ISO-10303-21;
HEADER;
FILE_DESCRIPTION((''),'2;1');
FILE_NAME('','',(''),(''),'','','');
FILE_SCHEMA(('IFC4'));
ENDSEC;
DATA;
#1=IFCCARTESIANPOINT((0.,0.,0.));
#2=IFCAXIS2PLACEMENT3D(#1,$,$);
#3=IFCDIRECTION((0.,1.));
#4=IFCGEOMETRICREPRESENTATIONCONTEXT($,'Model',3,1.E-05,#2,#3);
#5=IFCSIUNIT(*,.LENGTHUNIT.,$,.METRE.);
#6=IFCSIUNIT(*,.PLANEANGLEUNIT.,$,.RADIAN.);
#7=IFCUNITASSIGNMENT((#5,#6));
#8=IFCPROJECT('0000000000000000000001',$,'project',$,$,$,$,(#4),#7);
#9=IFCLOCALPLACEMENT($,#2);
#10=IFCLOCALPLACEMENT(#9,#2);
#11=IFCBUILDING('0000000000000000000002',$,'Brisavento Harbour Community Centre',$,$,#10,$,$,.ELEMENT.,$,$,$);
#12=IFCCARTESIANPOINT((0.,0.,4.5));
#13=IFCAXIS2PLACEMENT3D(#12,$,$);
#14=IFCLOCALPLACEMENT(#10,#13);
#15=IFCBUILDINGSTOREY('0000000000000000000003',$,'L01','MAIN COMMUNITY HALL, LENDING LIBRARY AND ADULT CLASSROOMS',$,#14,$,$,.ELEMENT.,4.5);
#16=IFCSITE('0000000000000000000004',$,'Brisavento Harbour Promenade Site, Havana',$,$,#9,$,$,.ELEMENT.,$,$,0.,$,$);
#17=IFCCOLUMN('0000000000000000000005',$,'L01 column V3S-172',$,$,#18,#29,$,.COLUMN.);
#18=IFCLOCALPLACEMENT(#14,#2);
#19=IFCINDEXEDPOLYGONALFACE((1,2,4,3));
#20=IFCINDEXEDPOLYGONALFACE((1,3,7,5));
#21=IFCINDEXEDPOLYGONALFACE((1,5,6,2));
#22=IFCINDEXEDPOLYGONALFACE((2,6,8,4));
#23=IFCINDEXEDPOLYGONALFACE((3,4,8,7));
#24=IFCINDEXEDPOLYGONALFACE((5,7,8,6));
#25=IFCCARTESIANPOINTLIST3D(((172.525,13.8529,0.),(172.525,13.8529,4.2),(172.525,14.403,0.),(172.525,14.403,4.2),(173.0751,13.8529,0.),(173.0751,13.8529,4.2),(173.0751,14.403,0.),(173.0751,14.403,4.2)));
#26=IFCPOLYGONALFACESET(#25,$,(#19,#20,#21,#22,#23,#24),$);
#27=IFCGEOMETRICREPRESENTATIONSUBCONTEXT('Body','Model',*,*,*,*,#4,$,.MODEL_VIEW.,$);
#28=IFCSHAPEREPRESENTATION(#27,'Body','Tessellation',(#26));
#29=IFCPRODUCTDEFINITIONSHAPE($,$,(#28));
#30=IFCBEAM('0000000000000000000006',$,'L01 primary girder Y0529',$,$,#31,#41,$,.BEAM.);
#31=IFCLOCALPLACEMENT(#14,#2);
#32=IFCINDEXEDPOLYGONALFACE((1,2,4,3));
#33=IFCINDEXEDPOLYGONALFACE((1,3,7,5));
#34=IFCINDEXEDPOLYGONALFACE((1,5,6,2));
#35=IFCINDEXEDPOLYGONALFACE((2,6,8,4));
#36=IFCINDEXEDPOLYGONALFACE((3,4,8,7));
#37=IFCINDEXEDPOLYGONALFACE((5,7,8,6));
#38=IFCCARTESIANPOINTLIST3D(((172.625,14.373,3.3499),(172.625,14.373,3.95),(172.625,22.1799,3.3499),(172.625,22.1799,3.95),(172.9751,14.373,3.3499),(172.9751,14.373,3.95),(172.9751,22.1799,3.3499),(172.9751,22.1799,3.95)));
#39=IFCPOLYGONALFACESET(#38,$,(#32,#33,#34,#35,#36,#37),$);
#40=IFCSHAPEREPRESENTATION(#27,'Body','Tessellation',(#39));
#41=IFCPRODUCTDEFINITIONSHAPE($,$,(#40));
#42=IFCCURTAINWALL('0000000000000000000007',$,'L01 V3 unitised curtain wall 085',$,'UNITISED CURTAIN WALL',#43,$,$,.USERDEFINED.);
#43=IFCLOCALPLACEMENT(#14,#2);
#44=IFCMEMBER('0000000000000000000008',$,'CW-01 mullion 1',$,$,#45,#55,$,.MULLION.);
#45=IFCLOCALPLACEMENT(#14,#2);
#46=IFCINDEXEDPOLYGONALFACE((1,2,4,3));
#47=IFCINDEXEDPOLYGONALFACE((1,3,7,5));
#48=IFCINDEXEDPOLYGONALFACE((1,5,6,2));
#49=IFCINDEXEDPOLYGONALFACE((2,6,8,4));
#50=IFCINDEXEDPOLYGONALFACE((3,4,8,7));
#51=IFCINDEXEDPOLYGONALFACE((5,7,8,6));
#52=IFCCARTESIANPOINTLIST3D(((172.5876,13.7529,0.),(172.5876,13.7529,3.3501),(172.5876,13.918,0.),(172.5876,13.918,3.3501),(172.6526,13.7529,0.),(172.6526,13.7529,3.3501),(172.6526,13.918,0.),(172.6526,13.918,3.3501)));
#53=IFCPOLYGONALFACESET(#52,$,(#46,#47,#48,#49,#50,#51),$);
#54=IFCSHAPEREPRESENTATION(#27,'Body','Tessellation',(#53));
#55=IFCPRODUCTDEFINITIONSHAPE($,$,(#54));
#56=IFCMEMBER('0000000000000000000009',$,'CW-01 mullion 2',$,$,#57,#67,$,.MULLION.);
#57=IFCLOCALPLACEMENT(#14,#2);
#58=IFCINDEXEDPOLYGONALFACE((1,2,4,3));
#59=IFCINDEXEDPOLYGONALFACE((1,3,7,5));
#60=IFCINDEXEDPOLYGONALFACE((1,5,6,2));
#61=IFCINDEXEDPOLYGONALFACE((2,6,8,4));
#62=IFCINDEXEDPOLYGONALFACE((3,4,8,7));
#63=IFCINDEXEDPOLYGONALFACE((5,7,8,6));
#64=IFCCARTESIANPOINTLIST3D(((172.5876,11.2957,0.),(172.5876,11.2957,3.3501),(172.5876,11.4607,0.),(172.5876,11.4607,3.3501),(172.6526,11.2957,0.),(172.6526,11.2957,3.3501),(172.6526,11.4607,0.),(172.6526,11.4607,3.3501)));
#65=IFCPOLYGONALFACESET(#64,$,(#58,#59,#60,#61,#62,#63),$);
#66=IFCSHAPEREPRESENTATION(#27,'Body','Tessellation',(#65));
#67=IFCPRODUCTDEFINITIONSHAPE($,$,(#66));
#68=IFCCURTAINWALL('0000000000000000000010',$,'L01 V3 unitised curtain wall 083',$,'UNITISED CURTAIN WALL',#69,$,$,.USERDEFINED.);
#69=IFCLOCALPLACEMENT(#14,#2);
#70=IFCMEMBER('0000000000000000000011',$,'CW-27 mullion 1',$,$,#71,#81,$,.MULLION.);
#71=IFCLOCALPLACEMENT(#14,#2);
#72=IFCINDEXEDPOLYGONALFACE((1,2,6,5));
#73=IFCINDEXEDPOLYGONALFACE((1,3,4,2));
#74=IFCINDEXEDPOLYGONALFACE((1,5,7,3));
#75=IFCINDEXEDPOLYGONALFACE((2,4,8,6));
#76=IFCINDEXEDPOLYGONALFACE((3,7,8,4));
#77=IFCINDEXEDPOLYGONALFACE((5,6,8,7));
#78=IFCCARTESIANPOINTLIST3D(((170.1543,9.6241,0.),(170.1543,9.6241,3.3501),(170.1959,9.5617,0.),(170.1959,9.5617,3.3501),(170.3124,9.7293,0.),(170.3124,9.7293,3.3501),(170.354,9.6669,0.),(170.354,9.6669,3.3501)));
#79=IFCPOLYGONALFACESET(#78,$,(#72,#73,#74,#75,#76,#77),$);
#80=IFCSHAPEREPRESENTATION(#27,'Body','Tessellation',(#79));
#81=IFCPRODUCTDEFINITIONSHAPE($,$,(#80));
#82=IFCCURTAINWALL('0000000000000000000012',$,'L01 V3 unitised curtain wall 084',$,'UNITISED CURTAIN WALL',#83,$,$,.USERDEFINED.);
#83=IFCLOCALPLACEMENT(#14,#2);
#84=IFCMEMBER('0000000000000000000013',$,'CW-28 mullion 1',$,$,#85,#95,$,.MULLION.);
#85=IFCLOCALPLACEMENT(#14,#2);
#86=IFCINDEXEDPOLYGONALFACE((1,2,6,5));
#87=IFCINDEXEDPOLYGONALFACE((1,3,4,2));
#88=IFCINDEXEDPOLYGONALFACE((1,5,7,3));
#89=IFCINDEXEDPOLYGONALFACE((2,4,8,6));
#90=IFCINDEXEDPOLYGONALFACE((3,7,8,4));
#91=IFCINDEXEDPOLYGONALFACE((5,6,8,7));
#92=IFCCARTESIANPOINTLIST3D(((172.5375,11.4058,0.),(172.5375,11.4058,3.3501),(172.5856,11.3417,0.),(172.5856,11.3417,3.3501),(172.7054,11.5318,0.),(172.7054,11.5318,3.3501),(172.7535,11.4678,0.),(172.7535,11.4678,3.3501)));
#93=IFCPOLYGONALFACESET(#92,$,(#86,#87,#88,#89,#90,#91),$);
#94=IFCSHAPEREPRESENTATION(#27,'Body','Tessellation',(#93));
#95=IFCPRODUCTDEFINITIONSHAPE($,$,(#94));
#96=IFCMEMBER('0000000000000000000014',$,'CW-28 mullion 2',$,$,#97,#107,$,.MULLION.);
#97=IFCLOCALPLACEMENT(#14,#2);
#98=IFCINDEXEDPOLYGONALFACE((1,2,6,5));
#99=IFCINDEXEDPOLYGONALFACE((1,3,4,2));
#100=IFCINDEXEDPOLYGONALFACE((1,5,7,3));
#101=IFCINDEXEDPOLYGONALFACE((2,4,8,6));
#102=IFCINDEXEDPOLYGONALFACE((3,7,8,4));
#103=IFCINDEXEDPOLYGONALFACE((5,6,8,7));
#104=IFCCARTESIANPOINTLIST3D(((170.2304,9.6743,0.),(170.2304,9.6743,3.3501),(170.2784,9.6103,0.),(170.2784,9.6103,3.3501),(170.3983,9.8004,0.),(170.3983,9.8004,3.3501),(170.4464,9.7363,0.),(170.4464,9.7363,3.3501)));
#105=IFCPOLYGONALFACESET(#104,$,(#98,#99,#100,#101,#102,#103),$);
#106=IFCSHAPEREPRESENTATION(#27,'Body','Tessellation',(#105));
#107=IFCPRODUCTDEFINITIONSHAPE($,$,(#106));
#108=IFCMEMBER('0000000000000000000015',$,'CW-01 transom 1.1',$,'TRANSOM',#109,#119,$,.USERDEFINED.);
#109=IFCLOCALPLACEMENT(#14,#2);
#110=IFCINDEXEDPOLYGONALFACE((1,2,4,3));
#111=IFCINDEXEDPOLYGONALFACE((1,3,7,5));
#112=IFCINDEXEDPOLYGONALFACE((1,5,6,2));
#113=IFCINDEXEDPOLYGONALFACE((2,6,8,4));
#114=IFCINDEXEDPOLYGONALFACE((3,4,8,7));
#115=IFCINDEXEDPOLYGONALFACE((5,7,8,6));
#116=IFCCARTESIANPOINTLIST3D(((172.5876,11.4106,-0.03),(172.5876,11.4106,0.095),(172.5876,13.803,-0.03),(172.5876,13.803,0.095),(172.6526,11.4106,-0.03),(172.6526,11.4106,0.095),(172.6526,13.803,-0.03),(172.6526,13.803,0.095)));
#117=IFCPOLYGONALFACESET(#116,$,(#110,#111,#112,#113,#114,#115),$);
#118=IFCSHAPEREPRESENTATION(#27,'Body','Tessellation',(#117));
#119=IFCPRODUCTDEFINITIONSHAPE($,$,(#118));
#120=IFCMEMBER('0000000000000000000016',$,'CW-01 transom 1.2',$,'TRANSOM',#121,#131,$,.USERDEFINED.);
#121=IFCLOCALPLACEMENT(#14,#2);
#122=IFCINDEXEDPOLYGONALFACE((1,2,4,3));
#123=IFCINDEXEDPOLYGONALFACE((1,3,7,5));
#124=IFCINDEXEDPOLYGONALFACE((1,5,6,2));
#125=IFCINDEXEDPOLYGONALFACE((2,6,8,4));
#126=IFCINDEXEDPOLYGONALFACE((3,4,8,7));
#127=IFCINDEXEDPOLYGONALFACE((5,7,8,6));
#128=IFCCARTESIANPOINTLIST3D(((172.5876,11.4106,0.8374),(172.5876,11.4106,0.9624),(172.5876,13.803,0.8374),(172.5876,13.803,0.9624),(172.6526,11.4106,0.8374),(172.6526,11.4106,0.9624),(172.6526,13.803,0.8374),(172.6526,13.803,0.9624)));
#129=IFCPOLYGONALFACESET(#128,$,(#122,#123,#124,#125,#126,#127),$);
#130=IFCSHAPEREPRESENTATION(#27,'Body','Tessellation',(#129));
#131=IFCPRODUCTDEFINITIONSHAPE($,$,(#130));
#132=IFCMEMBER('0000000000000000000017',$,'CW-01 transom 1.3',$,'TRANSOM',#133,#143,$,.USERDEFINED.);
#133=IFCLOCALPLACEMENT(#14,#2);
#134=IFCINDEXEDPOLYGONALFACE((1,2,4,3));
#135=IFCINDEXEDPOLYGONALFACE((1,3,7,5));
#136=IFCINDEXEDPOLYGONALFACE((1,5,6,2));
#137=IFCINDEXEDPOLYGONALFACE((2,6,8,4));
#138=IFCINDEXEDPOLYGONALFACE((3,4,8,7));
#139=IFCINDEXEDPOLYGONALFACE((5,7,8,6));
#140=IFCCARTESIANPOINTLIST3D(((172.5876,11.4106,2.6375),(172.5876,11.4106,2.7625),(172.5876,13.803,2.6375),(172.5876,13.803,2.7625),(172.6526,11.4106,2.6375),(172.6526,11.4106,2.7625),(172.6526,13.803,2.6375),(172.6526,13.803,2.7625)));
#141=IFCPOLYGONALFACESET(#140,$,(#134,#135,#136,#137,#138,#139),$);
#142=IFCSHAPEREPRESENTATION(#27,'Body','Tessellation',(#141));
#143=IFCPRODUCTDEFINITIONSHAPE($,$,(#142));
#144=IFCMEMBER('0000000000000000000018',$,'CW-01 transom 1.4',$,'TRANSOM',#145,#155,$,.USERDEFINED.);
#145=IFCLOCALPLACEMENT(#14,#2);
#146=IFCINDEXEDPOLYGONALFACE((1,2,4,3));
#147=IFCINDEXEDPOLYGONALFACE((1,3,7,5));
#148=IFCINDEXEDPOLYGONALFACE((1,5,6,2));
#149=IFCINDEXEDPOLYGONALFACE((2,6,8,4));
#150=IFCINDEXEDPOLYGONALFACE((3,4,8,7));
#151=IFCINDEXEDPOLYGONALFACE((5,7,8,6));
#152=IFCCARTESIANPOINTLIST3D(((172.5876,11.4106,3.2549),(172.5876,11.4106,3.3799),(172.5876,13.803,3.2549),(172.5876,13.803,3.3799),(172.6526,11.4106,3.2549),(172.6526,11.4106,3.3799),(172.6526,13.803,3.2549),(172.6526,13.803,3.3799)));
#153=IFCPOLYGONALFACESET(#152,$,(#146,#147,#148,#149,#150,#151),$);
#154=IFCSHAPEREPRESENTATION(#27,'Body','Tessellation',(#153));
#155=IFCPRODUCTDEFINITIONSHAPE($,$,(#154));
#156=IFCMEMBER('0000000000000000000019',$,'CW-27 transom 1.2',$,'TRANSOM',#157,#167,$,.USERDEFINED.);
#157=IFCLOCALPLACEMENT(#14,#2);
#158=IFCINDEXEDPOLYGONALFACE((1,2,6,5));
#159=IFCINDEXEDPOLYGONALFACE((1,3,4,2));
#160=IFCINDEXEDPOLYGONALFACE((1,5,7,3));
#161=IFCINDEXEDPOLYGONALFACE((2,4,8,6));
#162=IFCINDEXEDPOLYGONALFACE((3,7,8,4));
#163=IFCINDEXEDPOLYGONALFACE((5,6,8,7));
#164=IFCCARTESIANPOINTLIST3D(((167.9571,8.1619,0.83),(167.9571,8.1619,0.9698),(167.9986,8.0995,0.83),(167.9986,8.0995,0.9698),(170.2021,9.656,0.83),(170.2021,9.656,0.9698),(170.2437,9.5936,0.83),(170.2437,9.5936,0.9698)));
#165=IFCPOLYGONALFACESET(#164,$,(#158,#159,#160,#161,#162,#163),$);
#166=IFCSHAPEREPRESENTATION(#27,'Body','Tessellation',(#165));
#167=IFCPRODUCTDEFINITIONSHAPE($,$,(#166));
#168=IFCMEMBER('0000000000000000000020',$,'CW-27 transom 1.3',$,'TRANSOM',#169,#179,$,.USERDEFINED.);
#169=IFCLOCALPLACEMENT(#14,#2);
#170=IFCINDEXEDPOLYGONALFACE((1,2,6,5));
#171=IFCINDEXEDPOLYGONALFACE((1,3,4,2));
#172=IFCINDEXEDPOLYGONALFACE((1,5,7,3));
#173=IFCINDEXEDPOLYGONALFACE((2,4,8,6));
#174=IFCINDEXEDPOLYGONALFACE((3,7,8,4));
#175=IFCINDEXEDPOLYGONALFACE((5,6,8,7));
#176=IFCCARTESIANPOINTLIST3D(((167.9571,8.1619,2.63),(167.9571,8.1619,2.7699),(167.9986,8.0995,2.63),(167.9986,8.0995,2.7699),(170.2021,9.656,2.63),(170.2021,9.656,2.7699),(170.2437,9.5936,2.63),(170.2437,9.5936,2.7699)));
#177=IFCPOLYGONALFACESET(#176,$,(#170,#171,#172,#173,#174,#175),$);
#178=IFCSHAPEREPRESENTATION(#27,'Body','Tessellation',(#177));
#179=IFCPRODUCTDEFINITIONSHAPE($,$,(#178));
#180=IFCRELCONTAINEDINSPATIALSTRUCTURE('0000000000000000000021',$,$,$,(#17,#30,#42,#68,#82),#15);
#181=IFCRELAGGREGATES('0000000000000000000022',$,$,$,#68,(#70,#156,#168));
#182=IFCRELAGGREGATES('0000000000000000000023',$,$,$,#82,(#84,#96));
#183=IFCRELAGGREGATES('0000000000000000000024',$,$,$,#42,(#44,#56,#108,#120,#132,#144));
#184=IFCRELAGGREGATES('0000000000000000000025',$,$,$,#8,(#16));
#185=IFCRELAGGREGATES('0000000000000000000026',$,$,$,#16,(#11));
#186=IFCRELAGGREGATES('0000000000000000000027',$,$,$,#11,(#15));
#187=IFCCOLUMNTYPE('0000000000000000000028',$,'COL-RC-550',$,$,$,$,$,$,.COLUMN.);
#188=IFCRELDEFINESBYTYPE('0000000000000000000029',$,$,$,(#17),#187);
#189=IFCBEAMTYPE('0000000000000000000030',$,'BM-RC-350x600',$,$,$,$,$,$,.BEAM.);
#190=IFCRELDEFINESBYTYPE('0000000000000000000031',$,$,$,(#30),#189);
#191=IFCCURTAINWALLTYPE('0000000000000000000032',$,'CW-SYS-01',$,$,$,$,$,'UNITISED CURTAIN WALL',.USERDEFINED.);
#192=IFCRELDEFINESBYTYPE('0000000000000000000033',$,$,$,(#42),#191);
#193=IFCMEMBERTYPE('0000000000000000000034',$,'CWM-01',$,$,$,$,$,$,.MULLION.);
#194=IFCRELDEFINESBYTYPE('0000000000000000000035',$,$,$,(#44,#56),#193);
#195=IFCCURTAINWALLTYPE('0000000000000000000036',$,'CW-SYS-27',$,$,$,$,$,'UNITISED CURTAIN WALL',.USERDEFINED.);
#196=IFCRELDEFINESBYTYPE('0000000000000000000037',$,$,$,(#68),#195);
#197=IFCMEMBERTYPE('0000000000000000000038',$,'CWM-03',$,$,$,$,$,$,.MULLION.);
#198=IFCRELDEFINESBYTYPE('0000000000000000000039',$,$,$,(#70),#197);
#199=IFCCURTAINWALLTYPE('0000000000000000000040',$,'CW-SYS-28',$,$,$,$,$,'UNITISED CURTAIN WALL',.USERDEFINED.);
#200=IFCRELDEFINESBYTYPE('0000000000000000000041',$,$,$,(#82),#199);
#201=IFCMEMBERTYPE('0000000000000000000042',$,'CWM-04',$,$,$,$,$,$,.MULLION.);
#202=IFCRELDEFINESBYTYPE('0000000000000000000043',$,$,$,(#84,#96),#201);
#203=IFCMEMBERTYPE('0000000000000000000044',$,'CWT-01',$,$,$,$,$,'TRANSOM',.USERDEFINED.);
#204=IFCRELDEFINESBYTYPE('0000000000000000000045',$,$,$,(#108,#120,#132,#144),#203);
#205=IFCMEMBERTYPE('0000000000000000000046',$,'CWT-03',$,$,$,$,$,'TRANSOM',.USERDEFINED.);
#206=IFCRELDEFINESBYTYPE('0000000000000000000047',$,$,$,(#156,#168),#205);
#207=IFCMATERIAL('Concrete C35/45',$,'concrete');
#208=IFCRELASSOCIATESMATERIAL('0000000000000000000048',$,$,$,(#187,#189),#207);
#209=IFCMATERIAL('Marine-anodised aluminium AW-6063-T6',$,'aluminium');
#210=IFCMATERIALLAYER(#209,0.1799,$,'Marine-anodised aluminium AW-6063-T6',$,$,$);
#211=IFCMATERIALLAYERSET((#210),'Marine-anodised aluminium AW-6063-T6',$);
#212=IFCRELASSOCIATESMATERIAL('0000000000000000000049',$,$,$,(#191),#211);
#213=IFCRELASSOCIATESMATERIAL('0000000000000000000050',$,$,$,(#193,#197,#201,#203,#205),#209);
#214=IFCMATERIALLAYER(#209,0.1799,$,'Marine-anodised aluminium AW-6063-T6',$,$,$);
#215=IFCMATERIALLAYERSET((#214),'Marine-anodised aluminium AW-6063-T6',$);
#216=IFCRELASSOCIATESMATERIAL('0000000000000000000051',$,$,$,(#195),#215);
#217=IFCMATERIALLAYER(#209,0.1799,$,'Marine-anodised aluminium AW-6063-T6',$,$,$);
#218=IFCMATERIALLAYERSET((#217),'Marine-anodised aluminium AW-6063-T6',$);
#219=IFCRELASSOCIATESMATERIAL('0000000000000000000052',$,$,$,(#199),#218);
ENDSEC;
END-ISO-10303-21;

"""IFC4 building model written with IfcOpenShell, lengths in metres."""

from ifc_helpers import new_model, si_unit, direction, frame, origin, origin_2d, place, context, subcontext, project, spatial, rectangle, extrude, material, layer, layer_set, material_profile, profile_set, type_object, element, aggregate, save


model = new_model("IFC4")

# Units and contexts
model_context = context("Model", 3, precision=1e-05, world=origin(), true_north=direction((0.0, 1.0)))
body_context = subcontext(model_context, "Body", "Model", "MODEL_VIEW")
ifc_project = project(units=[si_unit("LENGTHUNIT", "METRE"), si_unit("PLANEANGLEUNIT", "RADIAN")], contexts=[model_context])

# Site, building, storey
site_placement = place(None, origin())
site = spatial("IfcSite", under=ifc_project, at=site_placement, Name="Brisavento Harbour Promenade Site, Havana", CompositionType="ELEMENT", RefElevation=0.0)
building_placement = place(site_placement, origin())
building = spatial("IfcBuilding", under=site, at=building_placement, Name="Brisavento Harbour Community Centre", CompositionType="ELEMENT")
storey_placement = place(building_placement, frame((0.0, 0.0, 4.5)))
storey = spatial("IfcBuildingStorey", under=building, at=storey_placement, Name="L01", Description="MAIN COMMUNITY HALL, LENDING LIBRARY AND ADULT CLASSROOMS", CompositionType="ELEMENT", Elevation=4.5)

# Column
ifc_material_1 = material(Name="Concrete C35/45", Category="concrete")
ifc_material_profile_1 = material_profile(ifc_material_1, rectangle(XDim=0.55, YDim=0.55, at=origin_2d()), Name="Concrete C35/45")
ifc_profile_set_1 = profile_set([ifc_material_profile_1], Name="Concrete C35/45")
column_type = type_object("IfcColumnType", Name="COL-RC-550", PredefinedType="COLUMN", material=ifc_profile_set_1)
column_placement = place(storey_placement, frame((172.8, 14.1279, 0.0), z_axis=(0.0, 0.0, 1.0), x_axis=(1.0, 0.0, 0.0)))
element("IfcColumn", 1, at=column_placement, inside=storey, type_object=column_type, Name="L01 column V3S-172", PredefinedType="COLUMN", context=body_context, shape_type="SweptSolid", body=[
    extrude(rectangle(XDim=0.55, YDim=0.55, at=origin_2d()), origin(), (0.0, 0.0, 1.0), 4.2),
])

# Beam
ifc_material_profile_2 = material_profile(ifc_material_1, rectangle(XDim=0.3501, YDim=0.6001, at=origin_2d()), Name="Concrete C35/45")
ifc_profile_set_2 = profile_set([ifc_material_profile_2], Name="Concrete C35/45")
beam_type = type_object("IfcBeamType", Name="BM-RC-350x600", PredefinedType="BEAM", material=ifc_profile_set_2)
beam_placement = place(storey_placement, frame((172.8, 14.373, 3.6499), z_axis=(0.0, 1.0, 0.0), x_axis=(-1.0, 0.0, 0.0)))
element("IfcBeam", 2, at=beam_placement, inside=storey, type_object=beam_type, Name="L01 primary girder Y0529", PredefinedType="BEAM", context=body_context, shape_type="SweptSolid", body=[
    extrude(rectangle(XDim=0.3501, YDim=0.6001, at=origin_2d()), origin(), (0.0, 0.0, 1.0), 7.8069),
])

# Curtain wall, members
ifc_material_2 = material(Name="Marine-anodised aluminium AW-6063-T6", Category="aluminium")
ifc_layer_1 = layer(ifc_material_2, 0.1799, Name="Marine-anodised aluminium AW-6063-T6")
ifc_layer_set_1 = layer_set([ifc_layer_1], Name="Marine-anodised aluminium AW-6063-T6")
curtain_wall_type_1 = type_object("IfcCurtainWallType", Name="CW-SYS-01", ElementType="UNITISED CURTAIN WALL", PredefinedType="USERDEFINED", material=ifc_layer_set_1)
curtain_wall_1_placement = place(storey_placement, origin())
curtain_wall_1 = element("IfcCurtainWall", 3, at=curtain_wall_1_placement, inside=storey, type_object=curtain_wall_type_1, Name="L01 V3 unitised curtain wall 085", ObjectType="UNITISED CURTAIN WALL", PredefinedType="USERDEFINED")
ifc_material_profile_3 = material_profile(ifc_material_2, rectangle(XDim=0.0649, YDim=0.165, at=origin_2d()), Name="Marine-anodised aluminium AW-6063-T6")
ifc_profile_set_3 = profile_set([ifc_material_profile_3], Name="Marine-anodised aluminium AW-6063-T6")
member_type_1 = type_object("IfcMemberType", Name="CWM-01", PredefinedType="MULLION", material=ifc_profile_set_3)
member_1_placement = place(storey_placement, frame((172.6201, 13.8354, 0.0), z_axis=(0.0, 0.0, 1.0), x_axis=(1.0, 0.0, 0.0)))
member_1 = element("IfcMember", 4, at=member_1_placement, type_object=member_type_1, Name="CW-01 mullion 1", PredefinedType="MULLION", context=body_context, shape_type="SweptSolid", body=[
    extrude(rectangle(XDim=0.0649, YDim=0.165, at=origin_2d()), origin(), (0.0, 0.0, 1.0), 3.3501),
])
member_2_placement = place(storey_placement, frame((172.6201, 11.3782, 0.0), z_axis=(0.0, 0.0, 1.0), x_axis=(1.0, 0.0, 0.0)))
member_2 = element("IfcMember", 5, at=member_2_placement, type_object=member_type_1, Name="CW-01 mullion 2", PredefinedType="MULLION", context=body_context, shape_type="SweptSolid", body=[
    extrude(rectangle(XDim=0.0649, YDim=0.165, at=origin_2d()), origin(), (0.0, 0.0, 1.0), 3.3501),
])

# Curtain wall, member
ifc_layer_2 = layer(ifc_material_2, 0.1799, Name="Marine-anodised aluminium AW-6063-T6")
ifc_layer_set_2 = layer_set([ifc_layer_2], Name="Marine-anodised aluminium AW-6063-T6")
curtain_wall_type_2 = type_object("IfcCurtainWallType", Name="CW-SYS-27", ElementType="UNITISED CURTAIN WALL", PredefinedType="USERDEFINED", material=ifc_layer_set_2)
curtain_wall_2_placement = place(storey_placement, origin())
curtain_wall_2 = element("IfcCurtainWall", 6, at=curtain_wall_2_placement, inside=storey, type_object=curtain_wall_type_2, Name="L01 V3 unitised curtain wall 083", ObjectType="UNITISED CURTAIN WALL", PredefinedType="USERDEFINED")
ifc_material_profile_4 = material_profile(ifc_material_2, rectangle(XDim=0.075, YDim=0.1899, at=origin_2d()), Name="Marine-anodised aluminium AW-6063-T6")
ifc_profile_set_4 = profile_set([ifc_material_profile_4], Name="Marine-anodised aluminium AW-6063-T6")
member_type_2 = type_object("IfcMemberType", Name="CWM-03", PredefinedType="MULLION", material=ifc_profile_set_4)
member_3_placement = place(storey_placement, frame((170.2542, 9.6455, 0.0), z_axis=(0.0, 0.0, 1.0), x_axis=(0.554068, -0.832472, 0.0)))
member_3 = element("IfcMember", 7, at=member_3_placement, type_object=member_type_2, Name="CW-27 mullion 1", PredefinedType="MULLION", context=body_context, shape_type="SweptSolid", body=[
    extrude(rectangle(XDim=0.075, YDim=0.1899, at=origin_2d()), origin(), (0.0, 0.0, 1.0), 3.3501),
])

# Curtain wall, members
ifc_layer_3 = layer(ifc_material_2, 0.1799, Name="Marine-anodised aluminium AW-6063-T6")
ifc_layer_set_3 = layer_set([ifc_layer_3], Name="Marine-anodised aluminium AW-6063-T6")
curtain_wall_type_3 = type_object("IfcCurtainWallType", Name="CW-SYS-28", ElementType="UNITISED CURTAIN WALL", PredefinedType="USERDEFINED", material=ifc_layer_set_3)
curtain_wall_3_placement = place(storey_placement, origin())
curtain_wall_3 = element("IfcCurtainWall", 8, at=curtain_wall_3_placement, inside=storey, type_object=curtain_wall_type_3, Name="L01 V3 unitised curtain wall 084", ObjectType="UNITISED CURTAIN WALL", PredefinedType="USERDEFINED")
ifc_material_profile_5 = material_profile(ifc_material_2, rectangle(XDim=0.0801, YDim=0.21, at=origin_2d()), Name="Marine-anodised aluminium AW-6063-T6")
ifc_profile_set_5 = profile_set([ifc_material_profile_5], Name="Marine-anodised aluminium AW-6063-T6")
member_type_3 = type_object("IfcMemberType", Name="CWM-04", PredefinedType="MULLION", material=ifc_profile_set_5)
member_4_placement = place(storey_placement, frame((172.6455, 11.4368, 0.0), z_axis=(0.0, 0.0, 1.0), x_axis=(0.600259, -0.799806, 0.0)))
member_4 = element("IfcMember", 9, at=member_4_placement, type_object=member_type_3, Name="CW-28 mullion 1", PredefinedType="MULLION", context=body_context, shape_type="SweptSolid", body=[
    extrude(rectangle(XDim=0.0801, YDim=0.21, at=origin_2d()), origin(), (0.0, 0.0, 1.0), 3.3501),
])
member_5_placement = place(storey_placement, frame((170.3384, 9.7053, 0.0), z_axis=(0.0, 0.0, 1.0), x_axis=(0.600259, -0.799806, 0.0)))
member_5 = element("IfcMember", 10, at=member_5_placement, type_object=member_type_3, Name="CW-28 mullion 2", PredefinedType="MULLION", context=body_context, shape_type="SweptSolid", body=[
    extrude(rectangle(XDim=0.0801, YDim=0.21, at=origin_2d()), origin(), (0.0, 0.0, 1.0), 3.3501),
])

# Members
ifc_material_profile_6 = material_profile(ifc_material_2, rectangle(XDim=0.0649, YDim=0.125, at=origin_2d()), Name="Marine-anodised aluminium AW-6063-T6")
ifc_profile_set_6 = profile_set([ifc_material_profile_6], Name="Marine-anodised aluminium AW-6063-T6")
member_type_4 = type_object("IfcMemberType", Name="CWT-01", ElementType="TRANSOM", PredefinedType="USERDEFINED", material=ifc_profile_set_6)
member_6_placement = place(storey_placement, frame((172.6201, 13.803, 0.0325), z_axis=(0.0, -1.0, 0.0), x_axis=(1.0, 0.0, 0.0)))
member_6 = element("IfcMember", 11, at=member_6_placement, type_object=member_type_4, Name="CW-01 transom 1.1", ObjectType="TRANSOM", PredefinedType="USERDEFINED", context=body_context, shape_type="SweptSolid", body=[
    extrude(rectangle(XDim=0.0649, YDim=0.125, at=origin_2d()), origin(), (0.0, 0.0, 1.0), 2.3923),
])
member_7_placement = place(storey_placement, frame((172.6201, 13.803, 0.8999), z_axis=(0.0, -1.0, 0.0), x_axis=(1.0, 0.0, 0.0)))
member_7 = element("IfcMember", 12, at=member_7_placement, type_object=member_type_4, Name="CW-01 transom 1.2", ObjectType="TRANSOM", PredefinedType="USERDEFINED", context=body_context, shape_type="SweptSolid", body=[
    extrude(rectangle(XDim=0.0649, YDim=0.125, at=origin_2d()), origin(), (0.0, 0.0, 1.0), 2.3923),
])
member_8_placement = place(storey_placement, frame((172.6201, 13.803, 2.7), z_axis=(0.0, -1.0, 0.0), x_axis=(1.0, 0.0, 0.0)))
member_8 = element("IfcMember", 13, at=member_8_placement, type_object=member_type_4, Name="CW-01 transom 1.3", ObjectType="TRANSOM", PredefinedType="USERDEFINED", context=body_context, shape_type="SweptSolid", body=[
    extrude(rectangle(XDim=0.0649, YDim=0.125, at=origin_2d()), origin(), (0.0, 0.0, 1.0), 2.3923),
])
member_9_placement = place(storey_placement, frame((172.6201, 13.803, 3.3174), z_axis=(0.0, -1.0, 0.0), x_axis=(1.0, 0.0, 0.0)))
member_9 = element("IfcMember", 14, at=member_9_placement, type_object=member_type_4, Name="CW-01 transom 1.4", ObjectType="TRANSOM", PredefinedType="USERDEFINED", context=body_context, shape_type="SweptSolid", body=[
    extrude(rectangle(XDim=0.0649, YDim=0.125, at=origin_2d()), origin(), (0.0, 0.0, 1.0), 2.3923),
])
ifc_material_profile_7 = material_profile(ifc_material_2, rectangle(XDim=0.075, YDim=0.1399, at=origin_2d()), Name="Marine-anodised aluminium AW-6063-T6")
ifc_profile_set_7 = profile_set([ifc_material_profile_7], Name="Marine-anodised aluminium AW-6063-T6")
member_type_5 = type_object("IfcMemberType", Name="CWT-03", ElementType="TRANSOM", PredefinedType="USERDEFINED", material=ifc_profile_set_7)
member_10_placement = place(storey_placement, frame((170.2229, 9.6248, 0.8999), z_axis=(-0.832496, -0.554032, 0.0), x_axis=(0.554032, -0.832496, 0.0)))
member_10 = element("IfcMember", 15, at=member_10_placement, type_object=member_type_5, Name="CW-27 transom 1.2", ObjectType="TRANSOM", PredefinedType="USERDEFINED", context=body_context, shape_type="SweptSolid", body=[
    extrude(rectangle(XDim=0.075, YDim=0.1399, at=origin_2d()), origin(), (0.0, 0.0, 1.0), 2.6968),
])
member_11_placement = place(storey_placement, frame((170.2229, 9.6248, 2.7), z_axis=(-0.832496, -0.554032, 0.0), x_axis=(0.554032, -0.832496, 0.0)))
member_11 = element("IfcMember", 16, at=member_11_placement, type_object=member_type_5, Name="CW-27 transom 1.3", ObjectType="TRANSOM", PredefinedType="USERDEFINED", context=body_context, shape_type="SweptSolid", body=[
    extrude(rectangle(XDim=0.075, YDim=0.1399, at=origin_2d()), origin(), (0.0, 0.0, 1.0), 2.6968),
])
aggregate(curtain_wall_2, [member_3, member_10, member_11])

aggregate(curtain_wall_3, [member_4, member_5])
aggregate(curtain_wall_1, [member_1, member_2, member_6, member_7, member_8, member_9])

save(model, "model.ifc")
